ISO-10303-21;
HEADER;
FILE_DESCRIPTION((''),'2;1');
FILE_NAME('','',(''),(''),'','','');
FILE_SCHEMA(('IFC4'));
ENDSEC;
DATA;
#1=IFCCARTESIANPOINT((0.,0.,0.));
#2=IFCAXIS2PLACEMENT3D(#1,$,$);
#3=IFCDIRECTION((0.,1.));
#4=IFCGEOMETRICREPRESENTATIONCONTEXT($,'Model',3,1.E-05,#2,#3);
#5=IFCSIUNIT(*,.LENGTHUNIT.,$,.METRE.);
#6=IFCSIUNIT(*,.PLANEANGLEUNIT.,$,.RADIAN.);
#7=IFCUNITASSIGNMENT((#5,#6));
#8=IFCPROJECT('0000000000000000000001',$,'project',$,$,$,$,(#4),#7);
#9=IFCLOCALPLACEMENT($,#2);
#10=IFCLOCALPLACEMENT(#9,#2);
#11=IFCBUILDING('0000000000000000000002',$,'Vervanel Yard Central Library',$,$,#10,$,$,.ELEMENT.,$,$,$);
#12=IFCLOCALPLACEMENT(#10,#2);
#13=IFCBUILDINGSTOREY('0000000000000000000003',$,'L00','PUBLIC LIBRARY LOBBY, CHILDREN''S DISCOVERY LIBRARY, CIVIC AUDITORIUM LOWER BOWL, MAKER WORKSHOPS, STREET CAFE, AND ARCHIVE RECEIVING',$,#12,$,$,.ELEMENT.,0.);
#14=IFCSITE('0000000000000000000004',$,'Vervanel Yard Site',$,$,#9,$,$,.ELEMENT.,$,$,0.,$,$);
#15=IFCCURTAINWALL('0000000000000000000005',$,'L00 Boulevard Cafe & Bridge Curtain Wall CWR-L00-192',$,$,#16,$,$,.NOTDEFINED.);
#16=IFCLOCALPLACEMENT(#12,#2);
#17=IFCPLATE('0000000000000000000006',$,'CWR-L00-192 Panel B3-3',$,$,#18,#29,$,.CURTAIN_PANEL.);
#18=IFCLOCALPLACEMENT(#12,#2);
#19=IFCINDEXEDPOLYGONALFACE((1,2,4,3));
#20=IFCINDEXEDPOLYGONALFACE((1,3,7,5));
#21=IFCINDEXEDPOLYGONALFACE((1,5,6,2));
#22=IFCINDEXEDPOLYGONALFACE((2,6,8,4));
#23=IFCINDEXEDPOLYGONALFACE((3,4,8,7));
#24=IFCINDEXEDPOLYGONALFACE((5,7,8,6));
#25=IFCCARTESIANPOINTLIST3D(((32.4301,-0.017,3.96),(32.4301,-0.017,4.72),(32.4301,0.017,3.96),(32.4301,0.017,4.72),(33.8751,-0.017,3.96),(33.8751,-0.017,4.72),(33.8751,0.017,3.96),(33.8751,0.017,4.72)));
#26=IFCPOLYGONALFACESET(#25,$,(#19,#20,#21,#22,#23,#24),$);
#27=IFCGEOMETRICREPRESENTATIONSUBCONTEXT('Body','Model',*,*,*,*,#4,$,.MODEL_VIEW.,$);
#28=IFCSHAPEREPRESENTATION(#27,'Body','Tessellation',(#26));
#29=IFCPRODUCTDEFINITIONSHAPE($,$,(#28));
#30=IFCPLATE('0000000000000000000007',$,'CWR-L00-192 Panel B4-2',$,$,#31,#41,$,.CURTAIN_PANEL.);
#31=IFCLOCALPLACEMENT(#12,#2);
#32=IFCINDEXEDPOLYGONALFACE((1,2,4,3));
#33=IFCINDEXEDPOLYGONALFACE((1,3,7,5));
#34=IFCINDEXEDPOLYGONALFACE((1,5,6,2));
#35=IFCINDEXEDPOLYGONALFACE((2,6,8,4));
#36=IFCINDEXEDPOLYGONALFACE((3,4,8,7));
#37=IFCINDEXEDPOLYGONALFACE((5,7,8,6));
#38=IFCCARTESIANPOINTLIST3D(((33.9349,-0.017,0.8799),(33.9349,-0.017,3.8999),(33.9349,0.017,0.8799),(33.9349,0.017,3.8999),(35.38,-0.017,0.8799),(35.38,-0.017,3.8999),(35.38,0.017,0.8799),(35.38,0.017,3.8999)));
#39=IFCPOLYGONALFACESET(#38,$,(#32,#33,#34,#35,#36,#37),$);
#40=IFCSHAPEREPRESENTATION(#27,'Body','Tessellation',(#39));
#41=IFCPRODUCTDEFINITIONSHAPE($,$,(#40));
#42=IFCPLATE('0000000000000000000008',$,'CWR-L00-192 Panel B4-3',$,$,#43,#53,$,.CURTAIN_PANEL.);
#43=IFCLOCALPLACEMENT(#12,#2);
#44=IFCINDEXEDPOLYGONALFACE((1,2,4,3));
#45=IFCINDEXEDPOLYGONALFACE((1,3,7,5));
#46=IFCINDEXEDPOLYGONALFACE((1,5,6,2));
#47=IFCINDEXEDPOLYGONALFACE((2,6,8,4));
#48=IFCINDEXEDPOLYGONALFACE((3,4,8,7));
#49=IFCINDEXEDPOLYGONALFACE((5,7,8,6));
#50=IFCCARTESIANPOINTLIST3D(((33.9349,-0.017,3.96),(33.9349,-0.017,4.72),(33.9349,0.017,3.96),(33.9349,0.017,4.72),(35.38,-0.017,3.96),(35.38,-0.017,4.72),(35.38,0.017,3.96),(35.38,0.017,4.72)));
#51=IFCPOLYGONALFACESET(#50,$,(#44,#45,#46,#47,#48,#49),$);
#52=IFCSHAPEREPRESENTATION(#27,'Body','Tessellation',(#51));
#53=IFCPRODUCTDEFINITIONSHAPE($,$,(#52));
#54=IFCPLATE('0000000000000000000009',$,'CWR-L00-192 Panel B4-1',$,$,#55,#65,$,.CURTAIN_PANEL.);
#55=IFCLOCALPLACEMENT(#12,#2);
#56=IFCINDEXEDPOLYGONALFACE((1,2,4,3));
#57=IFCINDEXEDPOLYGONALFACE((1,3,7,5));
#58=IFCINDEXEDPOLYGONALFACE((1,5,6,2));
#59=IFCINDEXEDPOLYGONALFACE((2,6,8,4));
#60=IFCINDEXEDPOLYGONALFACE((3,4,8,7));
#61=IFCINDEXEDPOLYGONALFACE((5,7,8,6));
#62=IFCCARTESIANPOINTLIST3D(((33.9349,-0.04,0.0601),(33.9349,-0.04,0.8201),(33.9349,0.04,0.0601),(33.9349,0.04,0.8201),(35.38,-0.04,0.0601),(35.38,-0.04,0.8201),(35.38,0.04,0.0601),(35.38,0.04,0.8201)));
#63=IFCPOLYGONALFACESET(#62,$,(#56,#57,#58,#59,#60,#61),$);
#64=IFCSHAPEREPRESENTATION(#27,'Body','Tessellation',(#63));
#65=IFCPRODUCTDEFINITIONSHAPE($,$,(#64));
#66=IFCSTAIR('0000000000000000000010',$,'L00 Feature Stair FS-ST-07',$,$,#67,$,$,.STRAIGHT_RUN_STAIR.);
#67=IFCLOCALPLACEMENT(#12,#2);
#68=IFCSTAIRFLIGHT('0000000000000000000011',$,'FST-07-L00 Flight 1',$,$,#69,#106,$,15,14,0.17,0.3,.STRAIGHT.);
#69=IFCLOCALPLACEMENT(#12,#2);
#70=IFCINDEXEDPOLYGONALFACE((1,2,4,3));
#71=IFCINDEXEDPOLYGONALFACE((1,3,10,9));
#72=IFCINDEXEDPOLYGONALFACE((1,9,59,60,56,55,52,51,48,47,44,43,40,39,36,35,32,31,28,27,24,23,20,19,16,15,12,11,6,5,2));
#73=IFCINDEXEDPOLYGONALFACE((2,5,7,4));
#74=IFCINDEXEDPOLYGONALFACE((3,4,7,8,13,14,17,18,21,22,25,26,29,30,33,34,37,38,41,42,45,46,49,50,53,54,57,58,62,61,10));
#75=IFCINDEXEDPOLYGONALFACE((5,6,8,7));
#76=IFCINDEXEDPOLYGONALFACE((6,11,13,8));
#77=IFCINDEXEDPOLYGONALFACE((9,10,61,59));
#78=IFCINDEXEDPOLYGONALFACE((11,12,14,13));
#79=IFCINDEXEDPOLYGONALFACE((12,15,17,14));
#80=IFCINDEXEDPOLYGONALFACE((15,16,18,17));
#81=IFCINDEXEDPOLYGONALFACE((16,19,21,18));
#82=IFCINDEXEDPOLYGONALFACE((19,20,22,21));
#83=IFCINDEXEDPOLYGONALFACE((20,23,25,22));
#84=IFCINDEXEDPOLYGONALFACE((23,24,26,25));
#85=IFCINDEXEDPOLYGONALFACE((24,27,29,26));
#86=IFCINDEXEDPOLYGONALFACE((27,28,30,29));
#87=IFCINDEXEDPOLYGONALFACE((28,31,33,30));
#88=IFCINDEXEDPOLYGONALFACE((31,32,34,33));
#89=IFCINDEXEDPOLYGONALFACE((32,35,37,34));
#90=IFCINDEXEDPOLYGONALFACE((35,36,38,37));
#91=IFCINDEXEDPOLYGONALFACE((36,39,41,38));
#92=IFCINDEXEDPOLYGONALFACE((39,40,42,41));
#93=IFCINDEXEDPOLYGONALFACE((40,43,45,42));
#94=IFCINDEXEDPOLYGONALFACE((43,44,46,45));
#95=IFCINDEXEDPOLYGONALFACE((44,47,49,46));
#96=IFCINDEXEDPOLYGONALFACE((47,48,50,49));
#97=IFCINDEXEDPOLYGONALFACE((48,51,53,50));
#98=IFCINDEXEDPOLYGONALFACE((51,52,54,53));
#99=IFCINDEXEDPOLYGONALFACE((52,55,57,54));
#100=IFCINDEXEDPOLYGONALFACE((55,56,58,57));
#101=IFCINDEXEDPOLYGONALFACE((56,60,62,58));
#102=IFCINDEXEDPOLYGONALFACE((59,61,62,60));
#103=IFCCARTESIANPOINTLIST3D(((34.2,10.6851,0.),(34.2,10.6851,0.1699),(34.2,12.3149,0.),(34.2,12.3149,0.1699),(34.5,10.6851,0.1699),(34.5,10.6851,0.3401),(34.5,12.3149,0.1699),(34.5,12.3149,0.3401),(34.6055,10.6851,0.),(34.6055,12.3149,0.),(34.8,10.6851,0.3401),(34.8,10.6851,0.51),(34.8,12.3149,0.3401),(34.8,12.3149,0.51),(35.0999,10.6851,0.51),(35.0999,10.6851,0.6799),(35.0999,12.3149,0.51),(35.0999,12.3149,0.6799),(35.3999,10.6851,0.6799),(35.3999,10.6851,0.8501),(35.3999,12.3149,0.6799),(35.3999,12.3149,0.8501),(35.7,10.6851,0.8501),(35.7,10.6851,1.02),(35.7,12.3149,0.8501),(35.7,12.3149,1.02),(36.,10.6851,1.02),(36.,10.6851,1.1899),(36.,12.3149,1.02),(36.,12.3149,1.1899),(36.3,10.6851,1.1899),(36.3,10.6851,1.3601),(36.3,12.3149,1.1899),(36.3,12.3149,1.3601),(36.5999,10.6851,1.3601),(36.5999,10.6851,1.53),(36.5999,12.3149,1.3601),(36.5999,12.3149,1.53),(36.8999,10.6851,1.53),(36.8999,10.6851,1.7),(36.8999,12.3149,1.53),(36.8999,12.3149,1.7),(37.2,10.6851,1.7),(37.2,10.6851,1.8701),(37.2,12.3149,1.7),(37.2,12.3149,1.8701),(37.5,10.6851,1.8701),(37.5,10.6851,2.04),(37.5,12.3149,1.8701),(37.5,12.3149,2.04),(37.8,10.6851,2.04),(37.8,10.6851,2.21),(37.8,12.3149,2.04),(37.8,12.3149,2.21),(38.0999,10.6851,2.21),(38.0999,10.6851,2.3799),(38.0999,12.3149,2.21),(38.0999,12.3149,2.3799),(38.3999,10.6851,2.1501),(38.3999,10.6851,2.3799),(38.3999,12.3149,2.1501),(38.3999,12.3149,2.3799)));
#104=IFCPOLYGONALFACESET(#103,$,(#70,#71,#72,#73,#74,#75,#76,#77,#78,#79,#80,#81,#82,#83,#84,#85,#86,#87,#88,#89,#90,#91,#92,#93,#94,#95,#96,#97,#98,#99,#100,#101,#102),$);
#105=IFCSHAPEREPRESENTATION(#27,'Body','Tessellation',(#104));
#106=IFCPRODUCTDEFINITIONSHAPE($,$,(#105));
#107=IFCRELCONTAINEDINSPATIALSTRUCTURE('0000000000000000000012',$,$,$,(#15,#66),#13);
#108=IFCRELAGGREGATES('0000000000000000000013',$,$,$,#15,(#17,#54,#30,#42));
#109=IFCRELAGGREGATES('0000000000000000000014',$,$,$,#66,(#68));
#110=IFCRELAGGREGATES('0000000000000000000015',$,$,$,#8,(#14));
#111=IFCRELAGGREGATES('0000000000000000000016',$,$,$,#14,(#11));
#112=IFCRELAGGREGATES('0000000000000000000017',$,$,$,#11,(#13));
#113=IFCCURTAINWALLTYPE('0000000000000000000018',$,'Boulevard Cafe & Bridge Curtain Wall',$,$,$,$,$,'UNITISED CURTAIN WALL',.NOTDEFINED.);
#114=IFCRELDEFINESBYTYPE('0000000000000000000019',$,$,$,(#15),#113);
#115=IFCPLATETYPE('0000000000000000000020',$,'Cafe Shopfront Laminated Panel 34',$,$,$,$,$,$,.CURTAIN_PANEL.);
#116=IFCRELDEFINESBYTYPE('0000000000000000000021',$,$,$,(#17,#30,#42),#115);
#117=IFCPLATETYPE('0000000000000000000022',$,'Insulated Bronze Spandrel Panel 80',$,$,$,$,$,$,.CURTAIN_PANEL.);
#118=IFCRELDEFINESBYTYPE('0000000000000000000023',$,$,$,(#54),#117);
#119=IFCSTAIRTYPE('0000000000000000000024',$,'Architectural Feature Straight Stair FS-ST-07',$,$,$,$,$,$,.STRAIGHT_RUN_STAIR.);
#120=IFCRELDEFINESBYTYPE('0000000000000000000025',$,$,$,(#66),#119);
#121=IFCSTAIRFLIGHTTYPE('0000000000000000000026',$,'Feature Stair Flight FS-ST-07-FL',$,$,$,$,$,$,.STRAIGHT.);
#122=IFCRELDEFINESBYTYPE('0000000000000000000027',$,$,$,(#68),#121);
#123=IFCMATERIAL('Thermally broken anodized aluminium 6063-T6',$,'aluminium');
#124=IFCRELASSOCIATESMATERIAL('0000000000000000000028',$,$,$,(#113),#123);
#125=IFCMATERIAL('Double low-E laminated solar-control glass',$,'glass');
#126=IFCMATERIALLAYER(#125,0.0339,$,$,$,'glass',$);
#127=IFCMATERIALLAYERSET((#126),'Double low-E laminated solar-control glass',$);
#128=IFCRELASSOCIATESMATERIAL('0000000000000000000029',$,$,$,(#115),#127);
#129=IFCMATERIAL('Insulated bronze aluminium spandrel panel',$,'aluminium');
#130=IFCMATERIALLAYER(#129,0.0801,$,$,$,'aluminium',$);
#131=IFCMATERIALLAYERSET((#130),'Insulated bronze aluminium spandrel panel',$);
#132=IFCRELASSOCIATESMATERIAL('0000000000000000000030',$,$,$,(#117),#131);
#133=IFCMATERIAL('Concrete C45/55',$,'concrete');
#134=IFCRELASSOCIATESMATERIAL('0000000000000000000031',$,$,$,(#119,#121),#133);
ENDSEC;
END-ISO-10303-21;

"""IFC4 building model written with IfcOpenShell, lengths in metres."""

from ifc_helpers import new_model, si_unit, direction, frame, origin, origin_2d, place, context, subcontext, project, spatial, polyline, rectangle, outline, extrude, material, layer, layer_set, type_object, element, aggregate, save


model = new_model("IFC4")

# Units and contexts
model_context = context("Model", 3, precision=1e-05, world=origin(), true_north=direction((0.0, 1.0)))
body_context = subcontext(model_context, "Body", "Model", "MODEL_VIEW")
ifc_project = project(units=[si_unit("LENGTHUNIT", "METRE"), si_unit("PLANEANGLEUNIT", "RADIAN")], contexts=[model_context])

# Site, building, storey
site_placement = place(None, origin())
site = spatial("IfcSite", under=ifc_project, at=site_placement, Name="Vervanel Yard Site", CompositionType="ELEMENT", RefElevation=0.0)
building_placement = place(site_placement, origin())
building = spatial("IfcBuilding", under=site, at=building_placement, Name="Vervanel Yard Central Library", CompositionType="ELEMENT")
storey_placement = place(building_placement, origin())
storey = spatial("IfcBuildingStorey", under=building, at=storey_placement, Name="L00", Description="PUBLIC LIBRARY LOBBY, CHILDREN'S DISCOVERY LIBRARY, CIVIC AUDITORIUM LOWER BOWL, MAKER WORKSHOPS, STREET CAFE, AND ARCHIVE RECEIVING", CompositionType="ELEMENT", Elevation=0.0)

# Curtain wall
ifc_material_1 = material(Name="Thermally broken anodized aluminium 6063-T6", Category="aluminium")
curtain_wall_type = type_object("IfcCurtainWallType", Name="Boulevard Cafe & Bridge Curtain Wall", ElementType="UNITISED CURTAIN WALL", PredefinedType="NOTDEFINED", material=ifc_material_1)
curtain_wall_placement = place(storey_placement, origin())
curtain_wall = element("IfcCurtainWall", 1, at=curtain_wall_placement, inside=storey, type_object=curtain_wall_type, Name="L00 Boulevard Cafe & Bridge Curtain Wall CWR-L00-192", PredefinedType="NOTDEFINED")

# Plates
ifc_material_2 = material(Name="Double low-E laminated solar-control glass", Category="glass")
ifc_layer_1 = layer(ifc_material_2, 0.0339, Category="glass")
ifc_layer_set_1 = layer_set([ifc_layer_1], Name="Double low-E laminated solar-control glass")
plate_type_1 = type_object("IfcPlateType", Name="Cafe Shopfront Laminated Panel 34", PredefinedType="CURTAIN_PANEL", material=ifc_layer_set_1)
plate_1_placement = place(storey_placement, frame((33.1526, 0.0, 3.96), z_axis=(0.0, 0.0, 1.0), x_axis=(1.0, 0.0, 0.0)))
plate_1 = element("IfcPlate", 2, at=plate_1_placement, type_object=plate_type_1, Name="CWR-L00-192 Panel B3-3", PredefinedType="CURTAIN_PANEL", context=body_context, shape_type="SweptSolid", body=[
    extrude(rectangle(XDim=1.4451, YDim=0.0339, at=origin_2d()), origin(), (0.0, 0.0, 1.0), 0.76),
])
plate_2_placement = place(storey_placement, frame((34.6575, 0.0, 0.8799), z_axis=(0.0, 0.0, 1.0), x_axis=(1.0, 0.0, 0.0)))
plate_2 = element("IfcPlate", 3, at=plate_2_placement, type_object=plate_type_1, Name="CWR-L00-192 Panel B4-2", PredefinedType="CURTAIN_PANEL", context=body_context, shape_type="SweptSolid", body=[
    extrude(rectangle(XDim=1.4451, YDim=0.0339, at=origin_2d()), origin(), (0.0, 0.0, 1.0), 3.02),
])
plate_3_placement = place(storey_placement, frame((34.6575, 0.0, 3.96), z_axis=(0.0, 0.0, 1.0), x_axis=(1.0, 0.0, 0.0)))
plate_3 = element("IfcPlate", 4, at=plate_3_placement, type_object=plate_type_1, Name="CWR-L00-192 Panel B4-3", PredefinedType="CURTAIN_PANEL", context=body_context, shape_type="SweptSolid", body=[
    extrude(rectangle(XDim=1.4451, YDim=0.0339, at=origin_2d()), origin(), (0.0, 0.0, 1.0), 0.76),
])
ifc_material_3 = material(Name="Insulated bronze aluminium spandrel panel", Category="aluminium")
ifc_layer_2 = layer(ifc_material_3, 0.0801, Category="aluminium")
ifc_layer_set_2 = layer_set([ifc_layer_2], Name="Insulated bronze aluminium spandrel panel")
plate_type_2 = type_object("IfcPlateType", Name="Insulated Bronze Spandrel Panel 80", PredefinedType="CURTAIN_PANEL", material=ifc_layer_set_2)
plate_4_placement = place(storey_placement, frame((34.6575, 0.0, 0.0601), z_axis=(0.0, 0.0, 1.0), x_axis=(1.0, 0.0, 0.0)))
plate_4 = element("IfcPlate", 5, at=plate_4_placement, type_object=plate_type_2, Name="CWR-L00-192 Panel B4-1", PredefinedType="CURTAIN_PANEL", context=body_context, shape_type="SweptSolid", body=[
    extrude(rectangle(XDim=1.4451, YDim=0.0801, at=origin_2d()), origin(), (0.0, 0.0, 1.0), 0.76),
])
aggregate(curtain_wall, [plate_1, plate_4, plate_2, plate_3])

# Stair, stair flight
ifc_material_4 = material(Name="Concrete C45/55", Category="concrete")
stair_type = type_object("IfcStairType", Name="Architectural Feature Straight Stair FS-ST-07", PredefinedType="STRAIGHT_RUN_STAIR", material=ifc_material_4)
stair_placement = place(storey_placement, origin())
stair = element("IfcStair", 6, at=stair_placement, inside=storey, type_object=stair_type, Name="L00 Feature Stair FS-ST-07", PredefinedType="STRAIGHT_RUN_STAIR")
stair_flight_type = type_object("IfcStairFlightType", Name="Feature Stair Flight FS-ST-07-FL", PredefinedType="STRAIGHT", material=ifc_material_4)
stair_flight_placement = place(storey_placement, frame((34.2, 11.5, 0.0), z_axis=(0.0, 0.0, 1.0), x_axis=(1.0, 0.0, 0.0)))
stair_flight = element("IfcStairFlight", 7, at=stair_flight_placement, type_object=stair_flight_type, Name="FST-07-L00 Flight 1", NumberOfRisers=15, NumberOfTreads=14, PredefinedType="STRAIGHT", RiserHeight=0.17, TreadLength=0.3, context=body_context, shape_type="SweptSolid", body=[
    extrude(outline(polyline([(0.0, 0.0), (0.0, 0.1699), (0.3, 0.1699), (0.3, 0.3401), (0.6001, 0.3401), (0.6001, 0.51), (0.8999, 0.51), (0.8999, 0.6799), (1.2, 0.6799), (1.2, 0.8501), (1.5, 0.8501), (1.5, 1.02), (1.8, 1.02), (1.8, 1.1899), (2.1001, 1.1899), (2.1001, 1.3601), (2.3999, 1.3601), (2.3999, 1.53), (2.7, 1.53), (2.7, 1.7), (3.0, 1.7), (3.0, 1.8701), (3.3, 1.8701), (3.3, 2.04), (3.6001, 2.04), (3.6001, 2.21), (3.8999, 2.21), (3.8999, 2.3799), (4.2, 2.3799), (4.2, 2.55), (4.2, 2.1501), (0.4055, 0.0), (0.0, 0.0)])), frame((0.0, 0.8149, 0.0), z_axis=(0.0, -1.0, 0.0), x_axis=(1.0, 0.0, 0.0)), (0.0, 0.0, 1.0), 1.6299),
])
aggregate(stair, [stair_flight])

save(model, "model.ifc")
